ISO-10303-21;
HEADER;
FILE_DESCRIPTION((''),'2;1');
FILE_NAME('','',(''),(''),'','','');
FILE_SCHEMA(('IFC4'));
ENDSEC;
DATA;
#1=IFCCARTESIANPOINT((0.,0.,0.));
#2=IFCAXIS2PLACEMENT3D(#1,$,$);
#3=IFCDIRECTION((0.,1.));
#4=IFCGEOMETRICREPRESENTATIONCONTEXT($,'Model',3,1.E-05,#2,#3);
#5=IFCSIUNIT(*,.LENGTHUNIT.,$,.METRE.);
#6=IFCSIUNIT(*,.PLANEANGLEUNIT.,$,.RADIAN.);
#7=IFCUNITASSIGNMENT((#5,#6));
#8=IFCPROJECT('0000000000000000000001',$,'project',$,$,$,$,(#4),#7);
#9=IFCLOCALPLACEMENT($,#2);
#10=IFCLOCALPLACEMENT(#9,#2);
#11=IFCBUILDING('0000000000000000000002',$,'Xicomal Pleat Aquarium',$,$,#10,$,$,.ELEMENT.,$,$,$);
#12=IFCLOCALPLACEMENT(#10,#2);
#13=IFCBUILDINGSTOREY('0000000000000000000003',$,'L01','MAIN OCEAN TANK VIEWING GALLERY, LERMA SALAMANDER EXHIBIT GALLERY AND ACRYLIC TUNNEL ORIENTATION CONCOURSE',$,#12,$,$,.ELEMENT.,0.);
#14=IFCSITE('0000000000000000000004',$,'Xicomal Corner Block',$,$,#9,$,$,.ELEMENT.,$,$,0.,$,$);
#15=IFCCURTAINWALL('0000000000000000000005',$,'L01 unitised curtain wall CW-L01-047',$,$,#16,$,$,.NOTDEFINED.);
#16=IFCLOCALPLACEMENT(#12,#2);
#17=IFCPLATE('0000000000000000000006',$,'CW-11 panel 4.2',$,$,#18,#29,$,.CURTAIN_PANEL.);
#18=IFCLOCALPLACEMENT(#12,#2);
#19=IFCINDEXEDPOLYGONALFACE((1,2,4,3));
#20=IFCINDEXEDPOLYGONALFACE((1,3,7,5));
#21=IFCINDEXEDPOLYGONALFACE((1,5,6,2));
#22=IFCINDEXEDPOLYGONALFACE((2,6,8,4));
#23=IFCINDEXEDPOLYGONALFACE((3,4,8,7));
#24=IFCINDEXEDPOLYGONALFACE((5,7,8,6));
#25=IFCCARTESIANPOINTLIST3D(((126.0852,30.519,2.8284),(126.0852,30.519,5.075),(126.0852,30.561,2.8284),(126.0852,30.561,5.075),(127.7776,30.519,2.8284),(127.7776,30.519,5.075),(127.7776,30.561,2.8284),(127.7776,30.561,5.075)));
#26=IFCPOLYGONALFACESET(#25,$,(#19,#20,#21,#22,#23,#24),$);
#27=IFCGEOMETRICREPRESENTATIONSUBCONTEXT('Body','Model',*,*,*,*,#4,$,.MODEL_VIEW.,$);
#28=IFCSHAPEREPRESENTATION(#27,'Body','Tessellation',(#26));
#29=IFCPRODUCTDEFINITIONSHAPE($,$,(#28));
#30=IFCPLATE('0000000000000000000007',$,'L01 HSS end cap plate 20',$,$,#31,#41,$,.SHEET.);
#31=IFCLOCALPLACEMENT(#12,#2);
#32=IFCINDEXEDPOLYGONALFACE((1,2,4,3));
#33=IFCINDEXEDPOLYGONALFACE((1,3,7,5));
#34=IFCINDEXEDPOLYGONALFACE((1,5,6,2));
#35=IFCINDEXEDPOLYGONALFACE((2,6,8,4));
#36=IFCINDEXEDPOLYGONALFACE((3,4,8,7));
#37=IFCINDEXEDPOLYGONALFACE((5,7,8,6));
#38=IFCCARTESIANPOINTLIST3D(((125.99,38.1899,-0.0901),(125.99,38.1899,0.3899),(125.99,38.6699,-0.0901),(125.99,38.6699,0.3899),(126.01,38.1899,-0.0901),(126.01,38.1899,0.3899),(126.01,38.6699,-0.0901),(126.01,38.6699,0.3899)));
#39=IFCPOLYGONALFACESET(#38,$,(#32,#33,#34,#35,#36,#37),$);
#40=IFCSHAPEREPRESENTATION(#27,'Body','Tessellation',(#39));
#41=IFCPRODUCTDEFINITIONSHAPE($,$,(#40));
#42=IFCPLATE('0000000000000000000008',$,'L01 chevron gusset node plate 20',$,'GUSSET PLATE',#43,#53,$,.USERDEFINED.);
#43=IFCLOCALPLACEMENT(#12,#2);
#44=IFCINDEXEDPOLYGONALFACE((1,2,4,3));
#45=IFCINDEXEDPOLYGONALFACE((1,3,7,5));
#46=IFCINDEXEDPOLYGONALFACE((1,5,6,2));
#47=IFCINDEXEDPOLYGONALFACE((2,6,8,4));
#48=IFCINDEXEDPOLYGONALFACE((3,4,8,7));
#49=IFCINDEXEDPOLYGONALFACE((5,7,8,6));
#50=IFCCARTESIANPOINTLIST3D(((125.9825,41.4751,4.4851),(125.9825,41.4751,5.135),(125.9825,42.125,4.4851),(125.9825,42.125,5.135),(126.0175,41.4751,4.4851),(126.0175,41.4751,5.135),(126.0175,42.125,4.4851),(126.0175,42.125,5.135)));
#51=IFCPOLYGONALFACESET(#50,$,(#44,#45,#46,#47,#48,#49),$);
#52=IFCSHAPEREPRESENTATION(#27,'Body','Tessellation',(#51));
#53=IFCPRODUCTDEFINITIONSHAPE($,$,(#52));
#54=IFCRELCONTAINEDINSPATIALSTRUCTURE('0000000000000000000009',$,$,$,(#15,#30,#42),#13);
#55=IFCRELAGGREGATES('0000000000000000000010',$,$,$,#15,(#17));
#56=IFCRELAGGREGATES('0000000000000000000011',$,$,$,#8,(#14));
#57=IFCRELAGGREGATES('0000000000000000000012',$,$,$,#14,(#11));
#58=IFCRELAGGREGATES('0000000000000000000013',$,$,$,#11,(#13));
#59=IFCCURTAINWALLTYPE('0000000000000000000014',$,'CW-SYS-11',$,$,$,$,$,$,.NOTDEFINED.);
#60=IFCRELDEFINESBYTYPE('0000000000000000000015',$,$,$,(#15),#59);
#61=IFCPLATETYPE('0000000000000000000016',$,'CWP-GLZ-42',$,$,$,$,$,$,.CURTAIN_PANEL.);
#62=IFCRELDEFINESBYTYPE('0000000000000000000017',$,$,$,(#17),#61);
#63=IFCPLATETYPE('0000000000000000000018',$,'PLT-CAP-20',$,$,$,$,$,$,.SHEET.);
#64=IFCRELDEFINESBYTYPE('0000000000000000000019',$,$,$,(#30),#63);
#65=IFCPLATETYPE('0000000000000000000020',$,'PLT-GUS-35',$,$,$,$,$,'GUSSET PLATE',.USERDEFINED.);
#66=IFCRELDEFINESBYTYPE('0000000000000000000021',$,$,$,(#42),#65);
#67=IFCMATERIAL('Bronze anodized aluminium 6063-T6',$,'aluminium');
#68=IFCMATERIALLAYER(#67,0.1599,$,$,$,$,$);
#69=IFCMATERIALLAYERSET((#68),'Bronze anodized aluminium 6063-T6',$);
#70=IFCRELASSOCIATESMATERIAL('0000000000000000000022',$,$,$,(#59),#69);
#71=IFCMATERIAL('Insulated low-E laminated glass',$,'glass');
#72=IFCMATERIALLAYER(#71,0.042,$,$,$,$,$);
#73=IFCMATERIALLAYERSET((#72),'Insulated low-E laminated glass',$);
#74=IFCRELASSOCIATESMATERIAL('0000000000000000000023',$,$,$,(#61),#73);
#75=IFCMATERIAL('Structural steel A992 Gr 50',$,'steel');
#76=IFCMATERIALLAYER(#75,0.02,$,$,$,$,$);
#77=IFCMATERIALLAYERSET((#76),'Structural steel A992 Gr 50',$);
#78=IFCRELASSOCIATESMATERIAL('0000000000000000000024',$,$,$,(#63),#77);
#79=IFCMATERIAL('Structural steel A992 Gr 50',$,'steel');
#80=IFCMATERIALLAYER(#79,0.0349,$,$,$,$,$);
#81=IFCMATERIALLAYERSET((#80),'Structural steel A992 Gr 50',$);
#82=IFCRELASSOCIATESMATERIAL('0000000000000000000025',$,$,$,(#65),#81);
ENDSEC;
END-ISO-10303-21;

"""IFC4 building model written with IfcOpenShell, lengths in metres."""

from ifc_helpers import new_model, si_unit, direction, frame, origin, origin_2d, place, context, subcontext, project, spatial, rectangle, extrude, material, layer, layer_set, type_object, element, aggregate, save


model = new_model("IFC4")

# Units and contexts
model_context = context("Model", 3, precision=1e-05, world=origin(), true_north=direction((0.0, 1.0)))
body_context = subcontext(model_context, "Body", "Model", "MODEL_VIEW")
ifc_project = project(units=[si_unit("LENGTHUNIT", "METRE"), si_unit("PLANEANGLEUNIT", "RADIAN")], contexts=[model_context])

# Site, building, storey
site_placement = place(None, origin())
site = spatial("IfcSite", under=ifc_project, at=site_placement, Name="Xicomal Corner Block", CompositionType="ELEMENT", RefElevation=0.0)
building_placement = place(site_placement, origin())
building = spatial("IfcBuilding", under=site, at=building_placement, Name="Xicomal Pleat Aquarium", CompositionType="ELEMENT")
storey_placement = place(building_placement, origin())
storey = spatial("IfcBuildingStorey", under=building, at=storey_placement, Name="L01", Description="MAIN OCEAN TANK VIEWING GALLERY, LERMA SALAMANDER EXHIBIT GALLERY AND ACRYLIC TUNNEL ORIENTATION CONCOURSE", CompositionType="ELEMENT", Elevation=0.0)

# Curtain wall
ifc_material_1 = material(Name="Bronze anodized aluminium 6063-T6", Category="aluminium")
ifc_layer_1 = layer(ifc_material_1, 0.1599)
ifc_layer_set_1 = layer_set([ifc_layer_1], Name="Bronze anodized aluminium 6063-T6")
curtain_wall_type_1 = type_object("IfcCurtainWallType", Name="CW-SYS-11", PredefinedType="NOTDEFINED", material=ifc_layer_set_1)
curtain_wall_1_placement = place(storey_placement, origin())
curtain_wall_1 = element("IfcCurtainWall", 1, at=curtain_wall_1_placement, inside=storey, type_object=curtain_wall_type_1, Name="L01 unitised curtain wall CW-L01-047", PredefinedType="NOTDEFINED")

# Plate
ifc_material_2 = material(Name="Insulated low-E laminated glass", Category="glass")
ifc_layer_2 = layer(ifc_material_2, 0.042)
ifc_layer_set_2 = layer_set([ifc_layer_2], Name="Insulated low-E laminated glass")
plate_type_1 = type_object("IfcPlateType", Name="CWP-GLZ-42", PredefinedType="CURTAIN_PANEL", material=ifc_layer_set_2)
plate_1_placement = place(storey_placement, frame((126.9314, 30.54, 2.8284), z_axis=(0.0, 0.0, 1.0), x_axis=(-1.0, 0.0, 0.0)))
plate_1 = element("IfcPlate", 2, at=plate_1_placement, type_object=plate_type_1, Name="CW-11 panel 4.2", PredefinedType="CURTAIN_PANEL", context=body_context, shape_type="SweptSolid", body=[
    extrude(rectangle(XDim=1.6924, YDim=0.042, at=origin_2d()), origin(), (0.0, 0.0, 1.0), 2.2466),
])
aggregate(curtain_wall_1, [plate_1])

# Plates
ifc_material_3 = material(Name="Structural steel A992 Gr 50", Category="steel")
ifc_layer_3 = layer(ifc_material_3, 0.02)
ifc_layer_set_3 = layer_set([ifc_layer_3], Name="Structural steel A992 Gr 50")
plate_type_2 = type_object("IfcPlateType", Name="PLT-CAP-20", PredefinedType="SHEET", material=ifc_layer_set_3)
plate_2_placement = place(storey_placement, frame((126.0, 38.4299, -0.0901), z_axis=(0.0, 0.0, 1.0), x_axis=(0.0, 1.0, 0.0)))
element("IfcPlate", 3, at=plate_2_placement, inside=storey, type_object=plate_type_2, Name="L01 HSS end cap plate 20", PredefinedType="SHEET", context=body_context, shape_type="SweptSolid", body=[
    extrude(rectangle(XDim=0.48, YDim=0.02, at=origin_2d()), origin(), (0.0, 0.0, 1.0), 0.48),
])
ifc_material_4 = material(Name="Structural steel A992 Gr 50", Category="steel")
ifc_layer_4 = layer(ifc_material_4, 0.0349)
ifc_layer_set_4 = layer_set([ifc_layer_4], Name="Structural steel A992 Gr 50")
plate_type_3 = type_object("IfcPlateType", Name="PLT-GUS-35", ElementType="GUSSET PLATE", PredefinedType="USERDEFINED", material=ifc_layer_set_4)
plate_3_placement = place(storey_placement, frame((126.0, 41.8, 4.4851), z_axis=(0.0, 0.0, 1.0), x_axis=(0.0, 1.0, 0.0)))
element("IfcPlate", 4, at=plate_3_placement, inside=storey, type_object=plate_type_3, Name="L01 chevron gusset node plate 20", ObjectType="GUSSET PLATE", PredefinedType="USERDEFINED", context=body_context, shape_type="SweptSolid", body=[
    extrude(rectangle(XDim=0.6499, YDim=0.0349, at=origin_2d()), origin(), (0.0, 0.0, 1.0), 0.6499),
])

save(model, "model.ifc")
